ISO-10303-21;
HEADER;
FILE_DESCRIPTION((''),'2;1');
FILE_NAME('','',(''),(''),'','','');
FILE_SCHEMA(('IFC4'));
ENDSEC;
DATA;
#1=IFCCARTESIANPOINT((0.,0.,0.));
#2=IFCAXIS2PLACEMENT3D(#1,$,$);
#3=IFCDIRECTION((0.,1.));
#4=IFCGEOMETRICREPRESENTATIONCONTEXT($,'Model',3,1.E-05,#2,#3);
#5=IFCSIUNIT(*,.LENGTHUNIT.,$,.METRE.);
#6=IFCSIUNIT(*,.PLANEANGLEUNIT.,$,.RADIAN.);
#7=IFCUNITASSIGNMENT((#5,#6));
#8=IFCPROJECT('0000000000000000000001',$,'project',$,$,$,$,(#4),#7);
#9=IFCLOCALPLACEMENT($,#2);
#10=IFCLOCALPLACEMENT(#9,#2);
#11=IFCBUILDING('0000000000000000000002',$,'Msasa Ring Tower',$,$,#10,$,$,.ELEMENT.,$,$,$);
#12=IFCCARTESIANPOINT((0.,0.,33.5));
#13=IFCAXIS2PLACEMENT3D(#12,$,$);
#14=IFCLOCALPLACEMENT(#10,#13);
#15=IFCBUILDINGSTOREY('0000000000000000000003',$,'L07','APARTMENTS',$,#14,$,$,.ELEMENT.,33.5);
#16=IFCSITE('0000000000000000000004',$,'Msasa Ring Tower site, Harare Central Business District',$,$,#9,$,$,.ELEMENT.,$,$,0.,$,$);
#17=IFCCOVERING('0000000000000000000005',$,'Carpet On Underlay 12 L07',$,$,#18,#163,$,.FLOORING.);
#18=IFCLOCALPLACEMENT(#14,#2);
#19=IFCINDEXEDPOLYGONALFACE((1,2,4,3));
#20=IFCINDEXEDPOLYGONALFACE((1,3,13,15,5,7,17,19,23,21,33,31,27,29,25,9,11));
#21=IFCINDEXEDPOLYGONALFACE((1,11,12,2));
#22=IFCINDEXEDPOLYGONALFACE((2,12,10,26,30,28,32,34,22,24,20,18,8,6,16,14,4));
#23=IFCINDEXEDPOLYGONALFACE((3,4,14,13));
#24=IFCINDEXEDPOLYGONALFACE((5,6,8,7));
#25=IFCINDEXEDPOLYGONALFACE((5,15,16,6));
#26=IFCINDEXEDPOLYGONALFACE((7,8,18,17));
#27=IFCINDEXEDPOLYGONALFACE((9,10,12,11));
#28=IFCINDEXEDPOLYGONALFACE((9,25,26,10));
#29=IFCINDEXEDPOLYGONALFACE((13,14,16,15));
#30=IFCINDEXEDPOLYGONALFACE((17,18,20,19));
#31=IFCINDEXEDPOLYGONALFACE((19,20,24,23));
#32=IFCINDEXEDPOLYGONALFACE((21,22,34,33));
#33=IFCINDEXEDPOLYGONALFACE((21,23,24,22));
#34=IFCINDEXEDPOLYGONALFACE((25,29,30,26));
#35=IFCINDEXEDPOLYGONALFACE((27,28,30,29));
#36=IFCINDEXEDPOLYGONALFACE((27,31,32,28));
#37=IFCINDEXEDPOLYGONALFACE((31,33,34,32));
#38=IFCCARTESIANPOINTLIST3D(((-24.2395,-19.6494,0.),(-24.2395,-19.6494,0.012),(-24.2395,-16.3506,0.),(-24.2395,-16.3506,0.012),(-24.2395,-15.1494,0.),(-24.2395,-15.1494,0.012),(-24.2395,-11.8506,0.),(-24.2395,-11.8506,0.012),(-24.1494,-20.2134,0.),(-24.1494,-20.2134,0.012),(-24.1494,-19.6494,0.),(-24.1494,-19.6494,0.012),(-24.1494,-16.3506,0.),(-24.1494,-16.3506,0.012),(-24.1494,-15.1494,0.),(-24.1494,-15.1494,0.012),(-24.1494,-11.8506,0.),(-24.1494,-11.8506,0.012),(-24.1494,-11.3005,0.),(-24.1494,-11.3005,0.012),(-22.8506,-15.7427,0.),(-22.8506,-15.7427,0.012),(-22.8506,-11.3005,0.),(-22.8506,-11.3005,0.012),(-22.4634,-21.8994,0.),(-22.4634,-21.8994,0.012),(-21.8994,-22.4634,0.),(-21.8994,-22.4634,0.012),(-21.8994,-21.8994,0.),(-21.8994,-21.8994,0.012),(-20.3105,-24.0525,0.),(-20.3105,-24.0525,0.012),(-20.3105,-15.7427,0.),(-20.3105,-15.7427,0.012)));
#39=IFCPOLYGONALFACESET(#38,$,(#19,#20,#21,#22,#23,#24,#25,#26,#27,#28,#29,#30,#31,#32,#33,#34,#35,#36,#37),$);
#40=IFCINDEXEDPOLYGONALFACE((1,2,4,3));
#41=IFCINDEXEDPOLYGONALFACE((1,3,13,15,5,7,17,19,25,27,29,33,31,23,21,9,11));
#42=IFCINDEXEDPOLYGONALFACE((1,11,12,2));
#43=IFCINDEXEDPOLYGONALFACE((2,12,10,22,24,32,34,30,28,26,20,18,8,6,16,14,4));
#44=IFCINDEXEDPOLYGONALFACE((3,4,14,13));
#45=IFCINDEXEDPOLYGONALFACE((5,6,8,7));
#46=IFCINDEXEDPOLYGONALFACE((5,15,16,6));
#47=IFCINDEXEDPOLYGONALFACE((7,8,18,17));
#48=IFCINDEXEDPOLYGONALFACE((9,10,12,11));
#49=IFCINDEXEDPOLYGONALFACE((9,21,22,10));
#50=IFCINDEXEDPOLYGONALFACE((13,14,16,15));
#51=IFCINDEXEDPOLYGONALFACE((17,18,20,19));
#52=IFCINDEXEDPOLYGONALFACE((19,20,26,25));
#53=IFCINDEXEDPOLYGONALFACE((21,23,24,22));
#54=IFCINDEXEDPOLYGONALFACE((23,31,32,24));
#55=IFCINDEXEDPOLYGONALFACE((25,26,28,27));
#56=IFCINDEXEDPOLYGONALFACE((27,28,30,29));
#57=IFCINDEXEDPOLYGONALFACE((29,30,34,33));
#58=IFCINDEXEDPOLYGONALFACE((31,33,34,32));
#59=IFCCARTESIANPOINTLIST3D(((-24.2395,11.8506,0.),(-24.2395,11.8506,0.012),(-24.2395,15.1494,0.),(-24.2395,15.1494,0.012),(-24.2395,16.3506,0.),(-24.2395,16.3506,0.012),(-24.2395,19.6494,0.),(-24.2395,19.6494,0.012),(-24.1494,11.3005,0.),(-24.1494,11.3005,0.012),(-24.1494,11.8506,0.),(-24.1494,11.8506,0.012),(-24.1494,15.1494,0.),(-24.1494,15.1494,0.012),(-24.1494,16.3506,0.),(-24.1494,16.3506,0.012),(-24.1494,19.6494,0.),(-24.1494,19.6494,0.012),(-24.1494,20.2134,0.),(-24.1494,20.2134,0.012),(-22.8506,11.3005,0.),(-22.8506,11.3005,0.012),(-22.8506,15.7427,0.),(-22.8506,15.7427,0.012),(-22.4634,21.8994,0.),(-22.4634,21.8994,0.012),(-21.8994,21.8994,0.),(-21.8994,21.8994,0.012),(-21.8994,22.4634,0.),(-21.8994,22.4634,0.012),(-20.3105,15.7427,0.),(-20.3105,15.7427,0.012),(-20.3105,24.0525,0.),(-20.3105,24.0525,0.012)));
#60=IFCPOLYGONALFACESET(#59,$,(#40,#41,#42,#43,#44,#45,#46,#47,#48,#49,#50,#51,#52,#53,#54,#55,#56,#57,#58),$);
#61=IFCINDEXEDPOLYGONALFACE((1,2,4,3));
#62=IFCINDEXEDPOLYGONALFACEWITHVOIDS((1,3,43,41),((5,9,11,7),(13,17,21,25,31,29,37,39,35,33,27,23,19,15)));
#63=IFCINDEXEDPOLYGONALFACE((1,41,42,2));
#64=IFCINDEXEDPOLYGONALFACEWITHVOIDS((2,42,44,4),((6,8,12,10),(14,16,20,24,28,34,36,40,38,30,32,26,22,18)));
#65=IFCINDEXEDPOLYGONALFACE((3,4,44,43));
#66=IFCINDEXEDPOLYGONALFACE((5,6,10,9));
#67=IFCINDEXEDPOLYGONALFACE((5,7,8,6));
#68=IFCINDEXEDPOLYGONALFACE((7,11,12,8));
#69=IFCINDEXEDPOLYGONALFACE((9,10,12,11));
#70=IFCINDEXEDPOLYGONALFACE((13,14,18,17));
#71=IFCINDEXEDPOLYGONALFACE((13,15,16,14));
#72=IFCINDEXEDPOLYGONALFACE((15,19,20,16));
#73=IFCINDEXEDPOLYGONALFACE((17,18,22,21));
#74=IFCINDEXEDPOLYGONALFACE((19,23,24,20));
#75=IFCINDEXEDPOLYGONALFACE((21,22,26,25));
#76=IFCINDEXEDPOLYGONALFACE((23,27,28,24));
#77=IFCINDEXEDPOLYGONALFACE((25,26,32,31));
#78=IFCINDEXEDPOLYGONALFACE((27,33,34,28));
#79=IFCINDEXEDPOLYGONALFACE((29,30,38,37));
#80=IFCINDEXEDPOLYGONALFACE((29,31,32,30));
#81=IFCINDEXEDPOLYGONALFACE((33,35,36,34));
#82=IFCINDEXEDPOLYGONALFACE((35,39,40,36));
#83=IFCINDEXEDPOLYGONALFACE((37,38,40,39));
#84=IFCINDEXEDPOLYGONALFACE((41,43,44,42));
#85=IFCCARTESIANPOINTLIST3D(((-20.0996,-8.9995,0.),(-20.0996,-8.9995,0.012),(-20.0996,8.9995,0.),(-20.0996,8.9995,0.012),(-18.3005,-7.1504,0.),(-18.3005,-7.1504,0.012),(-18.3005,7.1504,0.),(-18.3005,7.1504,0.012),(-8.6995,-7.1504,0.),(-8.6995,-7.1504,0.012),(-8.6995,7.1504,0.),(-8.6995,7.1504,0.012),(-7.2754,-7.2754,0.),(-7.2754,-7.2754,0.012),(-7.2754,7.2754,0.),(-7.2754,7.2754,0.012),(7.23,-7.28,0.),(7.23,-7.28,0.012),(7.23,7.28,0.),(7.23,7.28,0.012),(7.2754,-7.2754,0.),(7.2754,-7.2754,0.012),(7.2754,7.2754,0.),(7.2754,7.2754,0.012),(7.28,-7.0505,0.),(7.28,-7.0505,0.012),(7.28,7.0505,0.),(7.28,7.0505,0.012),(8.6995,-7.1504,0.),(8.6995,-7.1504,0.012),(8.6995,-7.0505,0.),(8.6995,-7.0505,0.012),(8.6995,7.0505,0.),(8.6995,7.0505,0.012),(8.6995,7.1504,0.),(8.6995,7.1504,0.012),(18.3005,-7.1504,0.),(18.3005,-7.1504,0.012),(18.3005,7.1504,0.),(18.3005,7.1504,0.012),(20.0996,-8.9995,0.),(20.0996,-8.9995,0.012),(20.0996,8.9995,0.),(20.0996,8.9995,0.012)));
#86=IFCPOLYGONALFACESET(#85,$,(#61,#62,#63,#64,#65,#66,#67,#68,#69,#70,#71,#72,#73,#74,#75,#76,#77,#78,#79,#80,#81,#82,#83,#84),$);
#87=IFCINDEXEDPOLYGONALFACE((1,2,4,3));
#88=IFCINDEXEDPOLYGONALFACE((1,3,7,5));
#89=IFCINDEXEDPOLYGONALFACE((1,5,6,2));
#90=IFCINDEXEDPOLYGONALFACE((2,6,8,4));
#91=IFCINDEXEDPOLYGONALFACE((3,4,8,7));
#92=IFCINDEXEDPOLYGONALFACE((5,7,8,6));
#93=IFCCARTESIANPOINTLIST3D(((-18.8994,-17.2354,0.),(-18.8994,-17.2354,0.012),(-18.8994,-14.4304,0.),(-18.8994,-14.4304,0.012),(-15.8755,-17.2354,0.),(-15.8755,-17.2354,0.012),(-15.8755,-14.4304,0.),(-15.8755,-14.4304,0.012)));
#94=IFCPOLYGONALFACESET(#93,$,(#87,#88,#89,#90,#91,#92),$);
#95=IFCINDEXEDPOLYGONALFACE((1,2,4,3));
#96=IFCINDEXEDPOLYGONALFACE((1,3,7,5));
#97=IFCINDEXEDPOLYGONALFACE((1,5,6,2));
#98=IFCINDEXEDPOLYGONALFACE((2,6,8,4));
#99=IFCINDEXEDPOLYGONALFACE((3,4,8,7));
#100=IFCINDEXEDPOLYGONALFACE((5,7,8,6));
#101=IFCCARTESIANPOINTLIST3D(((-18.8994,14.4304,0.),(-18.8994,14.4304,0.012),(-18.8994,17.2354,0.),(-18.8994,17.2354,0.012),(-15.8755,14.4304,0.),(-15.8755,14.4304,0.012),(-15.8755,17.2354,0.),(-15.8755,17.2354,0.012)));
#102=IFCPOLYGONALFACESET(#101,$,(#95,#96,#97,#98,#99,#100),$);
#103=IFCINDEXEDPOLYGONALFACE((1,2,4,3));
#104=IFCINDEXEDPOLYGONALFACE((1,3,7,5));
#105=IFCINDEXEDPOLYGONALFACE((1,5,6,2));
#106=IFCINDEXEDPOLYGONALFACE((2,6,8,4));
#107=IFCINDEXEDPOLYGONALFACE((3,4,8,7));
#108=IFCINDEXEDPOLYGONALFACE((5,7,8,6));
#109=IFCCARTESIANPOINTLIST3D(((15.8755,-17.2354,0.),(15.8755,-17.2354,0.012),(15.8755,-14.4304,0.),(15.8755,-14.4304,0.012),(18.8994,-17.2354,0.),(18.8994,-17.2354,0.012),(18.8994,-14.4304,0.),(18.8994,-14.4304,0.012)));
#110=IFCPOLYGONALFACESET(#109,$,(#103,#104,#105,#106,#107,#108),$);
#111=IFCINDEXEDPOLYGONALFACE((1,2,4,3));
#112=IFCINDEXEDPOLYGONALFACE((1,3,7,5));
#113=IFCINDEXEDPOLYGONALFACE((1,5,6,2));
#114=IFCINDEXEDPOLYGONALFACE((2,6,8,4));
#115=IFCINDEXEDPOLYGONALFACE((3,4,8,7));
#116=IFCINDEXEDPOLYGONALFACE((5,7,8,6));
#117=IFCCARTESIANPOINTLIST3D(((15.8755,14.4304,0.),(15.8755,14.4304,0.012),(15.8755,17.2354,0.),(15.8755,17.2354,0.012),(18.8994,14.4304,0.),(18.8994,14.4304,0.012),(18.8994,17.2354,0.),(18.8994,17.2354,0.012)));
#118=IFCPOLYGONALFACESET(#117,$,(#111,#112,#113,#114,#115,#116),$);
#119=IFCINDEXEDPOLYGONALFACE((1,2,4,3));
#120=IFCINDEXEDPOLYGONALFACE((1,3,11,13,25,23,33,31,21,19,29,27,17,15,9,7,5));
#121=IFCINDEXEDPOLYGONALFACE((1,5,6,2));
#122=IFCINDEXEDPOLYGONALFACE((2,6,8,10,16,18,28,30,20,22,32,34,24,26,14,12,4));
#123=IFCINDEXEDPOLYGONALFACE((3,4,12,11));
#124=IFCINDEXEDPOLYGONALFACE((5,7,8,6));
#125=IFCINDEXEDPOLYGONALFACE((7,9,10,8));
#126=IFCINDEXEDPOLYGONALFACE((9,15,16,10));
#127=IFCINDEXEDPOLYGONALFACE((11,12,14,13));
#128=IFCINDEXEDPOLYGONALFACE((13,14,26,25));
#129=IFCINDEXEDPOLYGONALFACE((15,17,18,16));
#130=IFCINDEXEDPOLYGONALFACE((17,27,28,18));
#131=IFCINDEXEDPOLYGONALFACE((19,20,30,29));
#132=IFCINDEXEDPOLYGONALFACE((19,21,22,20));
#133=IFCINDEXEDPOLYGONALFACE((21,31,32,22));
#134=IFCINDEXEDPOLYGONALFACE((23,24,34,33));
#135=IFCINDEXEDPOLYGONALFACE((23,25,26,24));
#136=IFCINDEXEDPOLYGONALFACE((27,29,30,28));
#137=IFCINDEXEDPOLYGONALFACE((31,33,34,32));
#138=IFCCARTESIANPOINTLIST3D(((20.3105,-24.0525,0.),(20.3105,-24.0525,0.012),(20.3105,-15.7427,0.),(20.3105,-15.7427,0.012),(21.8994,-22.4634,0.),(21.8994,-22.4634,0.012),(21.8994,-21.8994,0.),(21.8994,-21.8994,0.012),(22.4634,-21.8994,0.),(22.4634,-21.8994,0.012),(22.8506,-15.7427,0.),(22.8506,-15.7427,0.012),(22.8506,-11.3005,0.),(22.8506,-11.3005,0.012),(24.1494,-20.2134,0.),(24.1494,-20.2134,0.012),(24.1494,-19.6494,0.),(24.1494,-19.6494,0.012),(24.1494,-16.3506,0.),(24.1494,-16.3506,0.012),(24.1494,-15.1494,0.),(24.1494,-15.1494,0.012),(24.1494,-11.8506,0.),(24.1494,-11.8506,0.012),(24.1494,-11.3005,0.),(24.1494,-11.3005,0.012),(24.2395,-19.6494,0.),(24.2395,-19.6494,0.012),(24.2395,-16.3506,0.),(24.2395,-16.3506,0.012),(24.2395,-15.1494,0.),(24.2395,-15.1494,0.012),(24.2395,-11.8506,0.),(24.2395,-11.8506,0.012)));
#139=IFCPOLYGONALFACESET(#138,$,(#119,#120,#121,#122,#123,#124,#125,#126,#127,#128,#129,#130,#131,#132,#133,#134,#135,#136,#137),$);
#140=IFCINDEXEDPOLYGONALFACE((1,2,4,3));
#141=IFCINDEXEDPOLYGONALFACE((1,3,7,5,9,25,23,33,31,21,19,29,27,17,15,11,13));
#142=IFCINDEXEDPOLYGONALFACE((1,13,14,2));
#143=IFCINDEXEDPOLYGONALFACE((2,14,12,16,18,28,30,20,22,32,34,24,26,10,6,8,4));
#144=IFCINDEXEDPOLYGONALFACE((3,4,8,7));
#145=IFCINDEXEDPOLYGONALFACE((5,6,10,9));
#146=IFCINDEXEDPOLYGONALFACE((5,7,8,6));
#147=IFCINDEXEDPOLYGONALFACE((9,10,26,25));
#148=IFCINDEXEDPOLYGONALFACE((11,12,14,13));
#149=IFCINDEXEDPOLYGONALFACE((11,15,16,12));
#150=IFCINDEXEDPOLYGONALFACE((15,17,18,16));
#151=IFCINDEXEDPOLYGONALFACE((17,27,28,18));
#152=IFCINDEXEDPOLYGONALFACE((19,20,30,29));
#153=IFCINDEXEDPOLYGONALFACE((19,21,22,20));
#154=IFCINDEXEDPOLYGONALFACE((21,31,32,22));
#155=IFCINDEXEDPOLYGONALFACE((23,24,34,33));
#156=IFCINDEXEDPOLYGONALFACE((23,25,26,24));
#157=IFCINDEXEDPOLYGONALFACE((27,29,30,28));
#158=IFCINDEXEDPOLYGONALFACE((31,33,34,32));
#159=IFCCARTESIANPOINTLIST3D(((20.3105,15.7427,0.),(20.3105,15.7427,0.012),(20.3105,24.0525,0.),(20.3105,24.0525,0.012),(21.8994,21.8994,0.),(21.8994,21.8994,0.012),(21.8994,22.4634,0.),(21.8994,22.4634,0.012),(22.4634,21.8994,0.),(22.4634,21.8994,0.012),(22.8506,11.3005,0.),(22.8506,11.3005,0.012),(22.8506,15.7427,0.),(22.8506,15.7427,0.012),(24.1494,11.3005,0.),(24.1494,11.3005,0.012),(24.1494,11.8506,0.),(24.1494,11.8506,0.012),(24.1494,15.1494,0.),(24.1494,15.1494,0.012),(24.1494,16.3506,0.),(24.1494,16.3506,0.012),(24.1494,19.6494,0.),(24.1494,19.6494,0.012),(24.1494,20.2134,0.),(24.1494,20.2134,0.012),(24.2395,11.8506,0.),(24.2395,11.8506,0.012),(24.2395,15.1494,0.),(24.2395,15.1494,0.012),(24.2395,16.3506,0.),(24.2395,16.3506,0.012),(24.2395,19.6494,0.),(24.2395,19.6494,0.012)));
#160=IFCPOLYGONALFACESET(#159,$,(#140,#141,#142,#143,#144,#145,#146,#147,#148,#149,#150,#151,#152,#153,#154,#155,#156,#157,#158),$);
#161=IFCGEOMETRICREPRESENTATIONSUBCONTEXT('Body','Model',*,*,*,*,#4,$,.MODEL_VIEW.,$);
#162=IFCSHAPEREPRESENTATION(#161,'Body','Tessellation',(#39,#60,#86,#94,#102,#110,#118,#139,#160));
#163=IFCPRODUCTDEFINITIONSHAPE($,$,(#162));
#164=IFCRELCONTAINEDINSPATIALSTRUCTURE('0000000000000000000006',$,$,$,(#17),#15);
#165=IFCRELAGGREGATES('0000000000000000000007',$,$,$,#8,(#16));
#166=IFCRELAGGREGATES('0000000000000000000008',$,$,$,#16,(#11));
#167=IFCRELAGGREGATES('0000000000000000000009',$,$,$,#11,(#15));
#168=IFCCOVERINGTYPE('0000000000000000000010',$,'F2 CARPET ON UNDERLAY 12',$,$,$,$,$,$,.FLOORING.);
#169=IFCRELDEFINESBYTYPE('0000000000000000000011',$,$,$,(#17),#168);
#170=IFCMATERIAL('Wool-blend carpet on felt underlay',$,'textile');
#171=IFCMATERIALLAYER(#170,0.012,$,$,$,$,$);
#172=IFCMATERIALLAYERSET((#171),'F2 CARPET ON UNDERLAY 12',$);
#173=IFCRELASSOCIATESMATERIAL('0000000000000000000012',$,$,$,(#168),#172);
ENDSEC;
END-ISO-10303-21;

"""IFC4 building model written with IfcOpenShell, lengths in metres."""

from ifc_helpers import new_model, si_unit, direction, frame, origin, place, context, subcontext, project, spatial, line, indexed_curve, outline, extrude, material, layer, layer_set, type_object, element, save


model = new_model("IFC4")

# Units and contexts
model_context = context("Model", 3, precision=1e-05, world=origin(), true_north=direction((0.0, 1.0)))
body_context = subcontext(model_context, "Body", "Model", "MODEL_VIEW")
ifc_project = project(units=[si_unit("LENGTHUNIT", "METRE"), si_unit("PLANEANGLEUNIT", "RADIAN")], contexts=[model_context])

# Site, building, storey
site_placement = place(None, origin())
site = spatial("IfcSite", under=ifc_project, at=site_placement, Name="Msasa Ring Tower site, Harare Central Business District", CompositionType="ELEMENT", RefElevation=0.0)
building_placement = place(site_placement, origin())
building = spatial("IfcBuilding", under=site, at=building_placement, Name="Msasa Ring Tower", CompositionType="ELEMENT")
storey_placement = place(building_placement, frame((0.0, 0.0, 33.5)))
storey = spatial("IfcBuildingStorey", under=building, at=storey_placement, Name="L07", Description="APARTMENTS", CompositionType="ELEMENT", Elevation=33.5)

# Covering
ifc_material_1 = material(Name="Wool-blend carpet on felt underlay", Category="textile")
ifc_layer_1 = layer(ifc_material_1, 0.012)
ifc_layer_set_1 = layer_set([ifc_layer_1], Name="F2 CARPET ON UNDERLAY 12")
covering_type_1 = type_object("IfcCoveringType", Name="F2 CARPET ON UNDERLAY 12", PredefinedType="FLOORING", material=ifc_layer_set_1)
covering_1_placement = place(storey_placement, origin())
element("IfcCovering", 1, at=covering_1_placement, inside=storey, type_object=covering_type_1, Name="Carpet On Underlay 12 L07", PredefinedType="FLOORING", context=body_context, shape_type="SweptSolid", body=[
    extrude(outline(indexed_curve([(-21.8994, -22.4634), (-21.8994, -21.8994), (-22.4634, -21.8994), (-24.1494, -20.2134), (-24.1494, -19.6494), (-24.2395, -19.6494), (-24.2395, -16.3506), (-24.1494, -16.3506), (-24.1494, -15.1494), (-24.2395, -15.1494), (-24.2395, -11.8506), (-24.1494, -11.8506), (-24.1494, -11.3005), (-22.8506, -11.3005), (-22.8506, -15.7427), (-20.3105, -15.7427), (-20.3105, -24.0525)], segments=[line(1, 2, 3, 4, 5, 6, 7, 8, 9, 10, 11, 12, 13, 14, 15, 16, 17, 1)], self_intersect=False)), origin(), (0.0, 0.0, 1.0), 0.012),
    extrude(outline(indexed_curve([(-24.2395, 15.1494), (-24.1494, 15.1494), (-24.1494, 16.3506), (-24.2395, 16.3506), (-24.2395, 19.6494), (-24.1494, 19.6494), (-24.1494, 20.2134), (-22.4634, 21.8994), (-21.8994, 21.8994), (-21.8994, 22.4634), (-20.3105, 24.0525), (-20.3105, 15.7427), (-22.8506, 15.7427), (-22.8506, 11.3005), (-24.1494, 11.3005), (-24.1494, 11.8506), (-24.2395, 11.8506)], segments=[line(1, 2, 3, 4, 5, 6, 7, 8, 9, 10, 11, 12, 13, 14, 15, 16, 17, 1)], self_intersect=False)), origin(), (0.0, 0.0, 1.0), 0.012),
    extrude(outline(indexed_curve([(-20.0996, -8.9995), (-20.0996, 8.9995), (20.0996, 8.9995), (20.0996, -8.9995)], segments=[line(1, 2, 3, 4, 1)], self_intersect=False), holes=[indexed_curve([(8.6995, -7.1504), (18.3005, -7.1504), (18.3005, 7.1504), (8.6995, 7.1504), (8.6995, 7.0505), (7.28, 7.0505), (7.2754, 7.2754), (7.23, 7.28), (-7.2754, 7.2754), (-7.2754, -7.2754), (7.23, -7.28), (7.2754, -7.2754), (7.28, -7.0505), (8.6995, -7.0505)], segments=[line(1, 2, 3, 4, 5, 6, 7, 8, 9, 10, 11, 12, 13, 14, 1)], self_intersect=False), indexed_curve([(-8.6995, 7.1504), (-18.3005, 7.1504), (-18.3005, -7.1504), (-8.6995, -7.1504)], segments=[line(1, 2, 3, 4, 1)], self_intersect=False)]), origin(), (0.0, 0.0, 1.0), 0.012),
    extrude(outline(indexed_curve([(-18.8994, -14.4304), (-15.8755, -14.4304), (-15.8755, -17.2354), (-18.8994, -17.2354)], segments=[line(1, 2, 3, 4, 1)], self_intersect=False)), origin(), (0.0, 0.0, 1.0), 0.012),
    extrude(outline(indexed_curve([(-18.8994, 17.2354), (-15.8755, 17.2354), (-15.8755, 14.4304), (-18.8994, 14.4304)], segments=[line(1, 2, 3, 4, 1)], self_intersect=False)), origin(), (0.0, 0.0, 1.0), 0.012),
    extrude(outline(indexed_curve([(18.8994, -14.4304), (18.8994, -17.2354), (15.8755, -17.2354), (15.8755, -14.4304)], segments=[line(1, 2, 3, 4, 1)], self_intersect=False)), origin(), (0.0, 0.0, 1.0), 0.012),
    extrude(outline(indexed_curve([(18.8994, 17.2354), (18.8994, 14.4304), (15.8755, 14.4304), (15.8755, 17.2354)], segments=[line(1, 2, 3, 4, 1)], self_intersect=False)), origin(), (0.0, 0.0, 1.0), 0.012),
    extrude(outline(indexed_curve([(24.1494, -11.3005), (24.1494, -11.8506), (24.2395, -11.8506), (24.2395, -15.1494), (24.1494, -15.1494), (24.1494, -16.3506), (24.2395, -16.3506), (24.2395, -19.6494), (24.1494, -19.6494), (24.1494, -20.2134), (22.4634, -21.8994), (21.8994, -21.8994), (21.8994, -22.4634), (20.3105, -24.0525), (20.3105, -15.7427), (22.8506, -15.7427), (22.8506, -11.3005)], segments=[line(1, 2, 3, 4, 5, 6, 7, 8, 9, 10, 11, 12, 13, 14, 15, 16, 17, 1)], self_intersect=False)), origin(), (0.0, 0.0, 1.0), 0.012),
    extrude(outline(indexed_curve([(24.2395, 16.3506), (24.1494, 16.3506), (24.1494, 15.1494), (24.2395, 15.1494), (24.2395, 11.8506), (24.1494, 11.8506), (24.1494, 11.3005), (22.8506, 11.3005), (22.8506, 15.7427), (20.3105, 15.7427), (20.3105, 24.0525), (21.8994, 22.4634), (21.8994, 21.8994), (22.4634, 21.8994), (24.1494, 20.2134), (24.1494, 19.6494), (24.2395, 19.6494)], segments=[line(1, 2, 3, 4, 5, 6, 7, 8, 9, 10, 11, 12, 13, 14, 15, 16, 17, 1)], self_intersect=False)), origin(), (0.0, 0.0, 1.0), 0.012),
])

save(model, "model.ifc")
